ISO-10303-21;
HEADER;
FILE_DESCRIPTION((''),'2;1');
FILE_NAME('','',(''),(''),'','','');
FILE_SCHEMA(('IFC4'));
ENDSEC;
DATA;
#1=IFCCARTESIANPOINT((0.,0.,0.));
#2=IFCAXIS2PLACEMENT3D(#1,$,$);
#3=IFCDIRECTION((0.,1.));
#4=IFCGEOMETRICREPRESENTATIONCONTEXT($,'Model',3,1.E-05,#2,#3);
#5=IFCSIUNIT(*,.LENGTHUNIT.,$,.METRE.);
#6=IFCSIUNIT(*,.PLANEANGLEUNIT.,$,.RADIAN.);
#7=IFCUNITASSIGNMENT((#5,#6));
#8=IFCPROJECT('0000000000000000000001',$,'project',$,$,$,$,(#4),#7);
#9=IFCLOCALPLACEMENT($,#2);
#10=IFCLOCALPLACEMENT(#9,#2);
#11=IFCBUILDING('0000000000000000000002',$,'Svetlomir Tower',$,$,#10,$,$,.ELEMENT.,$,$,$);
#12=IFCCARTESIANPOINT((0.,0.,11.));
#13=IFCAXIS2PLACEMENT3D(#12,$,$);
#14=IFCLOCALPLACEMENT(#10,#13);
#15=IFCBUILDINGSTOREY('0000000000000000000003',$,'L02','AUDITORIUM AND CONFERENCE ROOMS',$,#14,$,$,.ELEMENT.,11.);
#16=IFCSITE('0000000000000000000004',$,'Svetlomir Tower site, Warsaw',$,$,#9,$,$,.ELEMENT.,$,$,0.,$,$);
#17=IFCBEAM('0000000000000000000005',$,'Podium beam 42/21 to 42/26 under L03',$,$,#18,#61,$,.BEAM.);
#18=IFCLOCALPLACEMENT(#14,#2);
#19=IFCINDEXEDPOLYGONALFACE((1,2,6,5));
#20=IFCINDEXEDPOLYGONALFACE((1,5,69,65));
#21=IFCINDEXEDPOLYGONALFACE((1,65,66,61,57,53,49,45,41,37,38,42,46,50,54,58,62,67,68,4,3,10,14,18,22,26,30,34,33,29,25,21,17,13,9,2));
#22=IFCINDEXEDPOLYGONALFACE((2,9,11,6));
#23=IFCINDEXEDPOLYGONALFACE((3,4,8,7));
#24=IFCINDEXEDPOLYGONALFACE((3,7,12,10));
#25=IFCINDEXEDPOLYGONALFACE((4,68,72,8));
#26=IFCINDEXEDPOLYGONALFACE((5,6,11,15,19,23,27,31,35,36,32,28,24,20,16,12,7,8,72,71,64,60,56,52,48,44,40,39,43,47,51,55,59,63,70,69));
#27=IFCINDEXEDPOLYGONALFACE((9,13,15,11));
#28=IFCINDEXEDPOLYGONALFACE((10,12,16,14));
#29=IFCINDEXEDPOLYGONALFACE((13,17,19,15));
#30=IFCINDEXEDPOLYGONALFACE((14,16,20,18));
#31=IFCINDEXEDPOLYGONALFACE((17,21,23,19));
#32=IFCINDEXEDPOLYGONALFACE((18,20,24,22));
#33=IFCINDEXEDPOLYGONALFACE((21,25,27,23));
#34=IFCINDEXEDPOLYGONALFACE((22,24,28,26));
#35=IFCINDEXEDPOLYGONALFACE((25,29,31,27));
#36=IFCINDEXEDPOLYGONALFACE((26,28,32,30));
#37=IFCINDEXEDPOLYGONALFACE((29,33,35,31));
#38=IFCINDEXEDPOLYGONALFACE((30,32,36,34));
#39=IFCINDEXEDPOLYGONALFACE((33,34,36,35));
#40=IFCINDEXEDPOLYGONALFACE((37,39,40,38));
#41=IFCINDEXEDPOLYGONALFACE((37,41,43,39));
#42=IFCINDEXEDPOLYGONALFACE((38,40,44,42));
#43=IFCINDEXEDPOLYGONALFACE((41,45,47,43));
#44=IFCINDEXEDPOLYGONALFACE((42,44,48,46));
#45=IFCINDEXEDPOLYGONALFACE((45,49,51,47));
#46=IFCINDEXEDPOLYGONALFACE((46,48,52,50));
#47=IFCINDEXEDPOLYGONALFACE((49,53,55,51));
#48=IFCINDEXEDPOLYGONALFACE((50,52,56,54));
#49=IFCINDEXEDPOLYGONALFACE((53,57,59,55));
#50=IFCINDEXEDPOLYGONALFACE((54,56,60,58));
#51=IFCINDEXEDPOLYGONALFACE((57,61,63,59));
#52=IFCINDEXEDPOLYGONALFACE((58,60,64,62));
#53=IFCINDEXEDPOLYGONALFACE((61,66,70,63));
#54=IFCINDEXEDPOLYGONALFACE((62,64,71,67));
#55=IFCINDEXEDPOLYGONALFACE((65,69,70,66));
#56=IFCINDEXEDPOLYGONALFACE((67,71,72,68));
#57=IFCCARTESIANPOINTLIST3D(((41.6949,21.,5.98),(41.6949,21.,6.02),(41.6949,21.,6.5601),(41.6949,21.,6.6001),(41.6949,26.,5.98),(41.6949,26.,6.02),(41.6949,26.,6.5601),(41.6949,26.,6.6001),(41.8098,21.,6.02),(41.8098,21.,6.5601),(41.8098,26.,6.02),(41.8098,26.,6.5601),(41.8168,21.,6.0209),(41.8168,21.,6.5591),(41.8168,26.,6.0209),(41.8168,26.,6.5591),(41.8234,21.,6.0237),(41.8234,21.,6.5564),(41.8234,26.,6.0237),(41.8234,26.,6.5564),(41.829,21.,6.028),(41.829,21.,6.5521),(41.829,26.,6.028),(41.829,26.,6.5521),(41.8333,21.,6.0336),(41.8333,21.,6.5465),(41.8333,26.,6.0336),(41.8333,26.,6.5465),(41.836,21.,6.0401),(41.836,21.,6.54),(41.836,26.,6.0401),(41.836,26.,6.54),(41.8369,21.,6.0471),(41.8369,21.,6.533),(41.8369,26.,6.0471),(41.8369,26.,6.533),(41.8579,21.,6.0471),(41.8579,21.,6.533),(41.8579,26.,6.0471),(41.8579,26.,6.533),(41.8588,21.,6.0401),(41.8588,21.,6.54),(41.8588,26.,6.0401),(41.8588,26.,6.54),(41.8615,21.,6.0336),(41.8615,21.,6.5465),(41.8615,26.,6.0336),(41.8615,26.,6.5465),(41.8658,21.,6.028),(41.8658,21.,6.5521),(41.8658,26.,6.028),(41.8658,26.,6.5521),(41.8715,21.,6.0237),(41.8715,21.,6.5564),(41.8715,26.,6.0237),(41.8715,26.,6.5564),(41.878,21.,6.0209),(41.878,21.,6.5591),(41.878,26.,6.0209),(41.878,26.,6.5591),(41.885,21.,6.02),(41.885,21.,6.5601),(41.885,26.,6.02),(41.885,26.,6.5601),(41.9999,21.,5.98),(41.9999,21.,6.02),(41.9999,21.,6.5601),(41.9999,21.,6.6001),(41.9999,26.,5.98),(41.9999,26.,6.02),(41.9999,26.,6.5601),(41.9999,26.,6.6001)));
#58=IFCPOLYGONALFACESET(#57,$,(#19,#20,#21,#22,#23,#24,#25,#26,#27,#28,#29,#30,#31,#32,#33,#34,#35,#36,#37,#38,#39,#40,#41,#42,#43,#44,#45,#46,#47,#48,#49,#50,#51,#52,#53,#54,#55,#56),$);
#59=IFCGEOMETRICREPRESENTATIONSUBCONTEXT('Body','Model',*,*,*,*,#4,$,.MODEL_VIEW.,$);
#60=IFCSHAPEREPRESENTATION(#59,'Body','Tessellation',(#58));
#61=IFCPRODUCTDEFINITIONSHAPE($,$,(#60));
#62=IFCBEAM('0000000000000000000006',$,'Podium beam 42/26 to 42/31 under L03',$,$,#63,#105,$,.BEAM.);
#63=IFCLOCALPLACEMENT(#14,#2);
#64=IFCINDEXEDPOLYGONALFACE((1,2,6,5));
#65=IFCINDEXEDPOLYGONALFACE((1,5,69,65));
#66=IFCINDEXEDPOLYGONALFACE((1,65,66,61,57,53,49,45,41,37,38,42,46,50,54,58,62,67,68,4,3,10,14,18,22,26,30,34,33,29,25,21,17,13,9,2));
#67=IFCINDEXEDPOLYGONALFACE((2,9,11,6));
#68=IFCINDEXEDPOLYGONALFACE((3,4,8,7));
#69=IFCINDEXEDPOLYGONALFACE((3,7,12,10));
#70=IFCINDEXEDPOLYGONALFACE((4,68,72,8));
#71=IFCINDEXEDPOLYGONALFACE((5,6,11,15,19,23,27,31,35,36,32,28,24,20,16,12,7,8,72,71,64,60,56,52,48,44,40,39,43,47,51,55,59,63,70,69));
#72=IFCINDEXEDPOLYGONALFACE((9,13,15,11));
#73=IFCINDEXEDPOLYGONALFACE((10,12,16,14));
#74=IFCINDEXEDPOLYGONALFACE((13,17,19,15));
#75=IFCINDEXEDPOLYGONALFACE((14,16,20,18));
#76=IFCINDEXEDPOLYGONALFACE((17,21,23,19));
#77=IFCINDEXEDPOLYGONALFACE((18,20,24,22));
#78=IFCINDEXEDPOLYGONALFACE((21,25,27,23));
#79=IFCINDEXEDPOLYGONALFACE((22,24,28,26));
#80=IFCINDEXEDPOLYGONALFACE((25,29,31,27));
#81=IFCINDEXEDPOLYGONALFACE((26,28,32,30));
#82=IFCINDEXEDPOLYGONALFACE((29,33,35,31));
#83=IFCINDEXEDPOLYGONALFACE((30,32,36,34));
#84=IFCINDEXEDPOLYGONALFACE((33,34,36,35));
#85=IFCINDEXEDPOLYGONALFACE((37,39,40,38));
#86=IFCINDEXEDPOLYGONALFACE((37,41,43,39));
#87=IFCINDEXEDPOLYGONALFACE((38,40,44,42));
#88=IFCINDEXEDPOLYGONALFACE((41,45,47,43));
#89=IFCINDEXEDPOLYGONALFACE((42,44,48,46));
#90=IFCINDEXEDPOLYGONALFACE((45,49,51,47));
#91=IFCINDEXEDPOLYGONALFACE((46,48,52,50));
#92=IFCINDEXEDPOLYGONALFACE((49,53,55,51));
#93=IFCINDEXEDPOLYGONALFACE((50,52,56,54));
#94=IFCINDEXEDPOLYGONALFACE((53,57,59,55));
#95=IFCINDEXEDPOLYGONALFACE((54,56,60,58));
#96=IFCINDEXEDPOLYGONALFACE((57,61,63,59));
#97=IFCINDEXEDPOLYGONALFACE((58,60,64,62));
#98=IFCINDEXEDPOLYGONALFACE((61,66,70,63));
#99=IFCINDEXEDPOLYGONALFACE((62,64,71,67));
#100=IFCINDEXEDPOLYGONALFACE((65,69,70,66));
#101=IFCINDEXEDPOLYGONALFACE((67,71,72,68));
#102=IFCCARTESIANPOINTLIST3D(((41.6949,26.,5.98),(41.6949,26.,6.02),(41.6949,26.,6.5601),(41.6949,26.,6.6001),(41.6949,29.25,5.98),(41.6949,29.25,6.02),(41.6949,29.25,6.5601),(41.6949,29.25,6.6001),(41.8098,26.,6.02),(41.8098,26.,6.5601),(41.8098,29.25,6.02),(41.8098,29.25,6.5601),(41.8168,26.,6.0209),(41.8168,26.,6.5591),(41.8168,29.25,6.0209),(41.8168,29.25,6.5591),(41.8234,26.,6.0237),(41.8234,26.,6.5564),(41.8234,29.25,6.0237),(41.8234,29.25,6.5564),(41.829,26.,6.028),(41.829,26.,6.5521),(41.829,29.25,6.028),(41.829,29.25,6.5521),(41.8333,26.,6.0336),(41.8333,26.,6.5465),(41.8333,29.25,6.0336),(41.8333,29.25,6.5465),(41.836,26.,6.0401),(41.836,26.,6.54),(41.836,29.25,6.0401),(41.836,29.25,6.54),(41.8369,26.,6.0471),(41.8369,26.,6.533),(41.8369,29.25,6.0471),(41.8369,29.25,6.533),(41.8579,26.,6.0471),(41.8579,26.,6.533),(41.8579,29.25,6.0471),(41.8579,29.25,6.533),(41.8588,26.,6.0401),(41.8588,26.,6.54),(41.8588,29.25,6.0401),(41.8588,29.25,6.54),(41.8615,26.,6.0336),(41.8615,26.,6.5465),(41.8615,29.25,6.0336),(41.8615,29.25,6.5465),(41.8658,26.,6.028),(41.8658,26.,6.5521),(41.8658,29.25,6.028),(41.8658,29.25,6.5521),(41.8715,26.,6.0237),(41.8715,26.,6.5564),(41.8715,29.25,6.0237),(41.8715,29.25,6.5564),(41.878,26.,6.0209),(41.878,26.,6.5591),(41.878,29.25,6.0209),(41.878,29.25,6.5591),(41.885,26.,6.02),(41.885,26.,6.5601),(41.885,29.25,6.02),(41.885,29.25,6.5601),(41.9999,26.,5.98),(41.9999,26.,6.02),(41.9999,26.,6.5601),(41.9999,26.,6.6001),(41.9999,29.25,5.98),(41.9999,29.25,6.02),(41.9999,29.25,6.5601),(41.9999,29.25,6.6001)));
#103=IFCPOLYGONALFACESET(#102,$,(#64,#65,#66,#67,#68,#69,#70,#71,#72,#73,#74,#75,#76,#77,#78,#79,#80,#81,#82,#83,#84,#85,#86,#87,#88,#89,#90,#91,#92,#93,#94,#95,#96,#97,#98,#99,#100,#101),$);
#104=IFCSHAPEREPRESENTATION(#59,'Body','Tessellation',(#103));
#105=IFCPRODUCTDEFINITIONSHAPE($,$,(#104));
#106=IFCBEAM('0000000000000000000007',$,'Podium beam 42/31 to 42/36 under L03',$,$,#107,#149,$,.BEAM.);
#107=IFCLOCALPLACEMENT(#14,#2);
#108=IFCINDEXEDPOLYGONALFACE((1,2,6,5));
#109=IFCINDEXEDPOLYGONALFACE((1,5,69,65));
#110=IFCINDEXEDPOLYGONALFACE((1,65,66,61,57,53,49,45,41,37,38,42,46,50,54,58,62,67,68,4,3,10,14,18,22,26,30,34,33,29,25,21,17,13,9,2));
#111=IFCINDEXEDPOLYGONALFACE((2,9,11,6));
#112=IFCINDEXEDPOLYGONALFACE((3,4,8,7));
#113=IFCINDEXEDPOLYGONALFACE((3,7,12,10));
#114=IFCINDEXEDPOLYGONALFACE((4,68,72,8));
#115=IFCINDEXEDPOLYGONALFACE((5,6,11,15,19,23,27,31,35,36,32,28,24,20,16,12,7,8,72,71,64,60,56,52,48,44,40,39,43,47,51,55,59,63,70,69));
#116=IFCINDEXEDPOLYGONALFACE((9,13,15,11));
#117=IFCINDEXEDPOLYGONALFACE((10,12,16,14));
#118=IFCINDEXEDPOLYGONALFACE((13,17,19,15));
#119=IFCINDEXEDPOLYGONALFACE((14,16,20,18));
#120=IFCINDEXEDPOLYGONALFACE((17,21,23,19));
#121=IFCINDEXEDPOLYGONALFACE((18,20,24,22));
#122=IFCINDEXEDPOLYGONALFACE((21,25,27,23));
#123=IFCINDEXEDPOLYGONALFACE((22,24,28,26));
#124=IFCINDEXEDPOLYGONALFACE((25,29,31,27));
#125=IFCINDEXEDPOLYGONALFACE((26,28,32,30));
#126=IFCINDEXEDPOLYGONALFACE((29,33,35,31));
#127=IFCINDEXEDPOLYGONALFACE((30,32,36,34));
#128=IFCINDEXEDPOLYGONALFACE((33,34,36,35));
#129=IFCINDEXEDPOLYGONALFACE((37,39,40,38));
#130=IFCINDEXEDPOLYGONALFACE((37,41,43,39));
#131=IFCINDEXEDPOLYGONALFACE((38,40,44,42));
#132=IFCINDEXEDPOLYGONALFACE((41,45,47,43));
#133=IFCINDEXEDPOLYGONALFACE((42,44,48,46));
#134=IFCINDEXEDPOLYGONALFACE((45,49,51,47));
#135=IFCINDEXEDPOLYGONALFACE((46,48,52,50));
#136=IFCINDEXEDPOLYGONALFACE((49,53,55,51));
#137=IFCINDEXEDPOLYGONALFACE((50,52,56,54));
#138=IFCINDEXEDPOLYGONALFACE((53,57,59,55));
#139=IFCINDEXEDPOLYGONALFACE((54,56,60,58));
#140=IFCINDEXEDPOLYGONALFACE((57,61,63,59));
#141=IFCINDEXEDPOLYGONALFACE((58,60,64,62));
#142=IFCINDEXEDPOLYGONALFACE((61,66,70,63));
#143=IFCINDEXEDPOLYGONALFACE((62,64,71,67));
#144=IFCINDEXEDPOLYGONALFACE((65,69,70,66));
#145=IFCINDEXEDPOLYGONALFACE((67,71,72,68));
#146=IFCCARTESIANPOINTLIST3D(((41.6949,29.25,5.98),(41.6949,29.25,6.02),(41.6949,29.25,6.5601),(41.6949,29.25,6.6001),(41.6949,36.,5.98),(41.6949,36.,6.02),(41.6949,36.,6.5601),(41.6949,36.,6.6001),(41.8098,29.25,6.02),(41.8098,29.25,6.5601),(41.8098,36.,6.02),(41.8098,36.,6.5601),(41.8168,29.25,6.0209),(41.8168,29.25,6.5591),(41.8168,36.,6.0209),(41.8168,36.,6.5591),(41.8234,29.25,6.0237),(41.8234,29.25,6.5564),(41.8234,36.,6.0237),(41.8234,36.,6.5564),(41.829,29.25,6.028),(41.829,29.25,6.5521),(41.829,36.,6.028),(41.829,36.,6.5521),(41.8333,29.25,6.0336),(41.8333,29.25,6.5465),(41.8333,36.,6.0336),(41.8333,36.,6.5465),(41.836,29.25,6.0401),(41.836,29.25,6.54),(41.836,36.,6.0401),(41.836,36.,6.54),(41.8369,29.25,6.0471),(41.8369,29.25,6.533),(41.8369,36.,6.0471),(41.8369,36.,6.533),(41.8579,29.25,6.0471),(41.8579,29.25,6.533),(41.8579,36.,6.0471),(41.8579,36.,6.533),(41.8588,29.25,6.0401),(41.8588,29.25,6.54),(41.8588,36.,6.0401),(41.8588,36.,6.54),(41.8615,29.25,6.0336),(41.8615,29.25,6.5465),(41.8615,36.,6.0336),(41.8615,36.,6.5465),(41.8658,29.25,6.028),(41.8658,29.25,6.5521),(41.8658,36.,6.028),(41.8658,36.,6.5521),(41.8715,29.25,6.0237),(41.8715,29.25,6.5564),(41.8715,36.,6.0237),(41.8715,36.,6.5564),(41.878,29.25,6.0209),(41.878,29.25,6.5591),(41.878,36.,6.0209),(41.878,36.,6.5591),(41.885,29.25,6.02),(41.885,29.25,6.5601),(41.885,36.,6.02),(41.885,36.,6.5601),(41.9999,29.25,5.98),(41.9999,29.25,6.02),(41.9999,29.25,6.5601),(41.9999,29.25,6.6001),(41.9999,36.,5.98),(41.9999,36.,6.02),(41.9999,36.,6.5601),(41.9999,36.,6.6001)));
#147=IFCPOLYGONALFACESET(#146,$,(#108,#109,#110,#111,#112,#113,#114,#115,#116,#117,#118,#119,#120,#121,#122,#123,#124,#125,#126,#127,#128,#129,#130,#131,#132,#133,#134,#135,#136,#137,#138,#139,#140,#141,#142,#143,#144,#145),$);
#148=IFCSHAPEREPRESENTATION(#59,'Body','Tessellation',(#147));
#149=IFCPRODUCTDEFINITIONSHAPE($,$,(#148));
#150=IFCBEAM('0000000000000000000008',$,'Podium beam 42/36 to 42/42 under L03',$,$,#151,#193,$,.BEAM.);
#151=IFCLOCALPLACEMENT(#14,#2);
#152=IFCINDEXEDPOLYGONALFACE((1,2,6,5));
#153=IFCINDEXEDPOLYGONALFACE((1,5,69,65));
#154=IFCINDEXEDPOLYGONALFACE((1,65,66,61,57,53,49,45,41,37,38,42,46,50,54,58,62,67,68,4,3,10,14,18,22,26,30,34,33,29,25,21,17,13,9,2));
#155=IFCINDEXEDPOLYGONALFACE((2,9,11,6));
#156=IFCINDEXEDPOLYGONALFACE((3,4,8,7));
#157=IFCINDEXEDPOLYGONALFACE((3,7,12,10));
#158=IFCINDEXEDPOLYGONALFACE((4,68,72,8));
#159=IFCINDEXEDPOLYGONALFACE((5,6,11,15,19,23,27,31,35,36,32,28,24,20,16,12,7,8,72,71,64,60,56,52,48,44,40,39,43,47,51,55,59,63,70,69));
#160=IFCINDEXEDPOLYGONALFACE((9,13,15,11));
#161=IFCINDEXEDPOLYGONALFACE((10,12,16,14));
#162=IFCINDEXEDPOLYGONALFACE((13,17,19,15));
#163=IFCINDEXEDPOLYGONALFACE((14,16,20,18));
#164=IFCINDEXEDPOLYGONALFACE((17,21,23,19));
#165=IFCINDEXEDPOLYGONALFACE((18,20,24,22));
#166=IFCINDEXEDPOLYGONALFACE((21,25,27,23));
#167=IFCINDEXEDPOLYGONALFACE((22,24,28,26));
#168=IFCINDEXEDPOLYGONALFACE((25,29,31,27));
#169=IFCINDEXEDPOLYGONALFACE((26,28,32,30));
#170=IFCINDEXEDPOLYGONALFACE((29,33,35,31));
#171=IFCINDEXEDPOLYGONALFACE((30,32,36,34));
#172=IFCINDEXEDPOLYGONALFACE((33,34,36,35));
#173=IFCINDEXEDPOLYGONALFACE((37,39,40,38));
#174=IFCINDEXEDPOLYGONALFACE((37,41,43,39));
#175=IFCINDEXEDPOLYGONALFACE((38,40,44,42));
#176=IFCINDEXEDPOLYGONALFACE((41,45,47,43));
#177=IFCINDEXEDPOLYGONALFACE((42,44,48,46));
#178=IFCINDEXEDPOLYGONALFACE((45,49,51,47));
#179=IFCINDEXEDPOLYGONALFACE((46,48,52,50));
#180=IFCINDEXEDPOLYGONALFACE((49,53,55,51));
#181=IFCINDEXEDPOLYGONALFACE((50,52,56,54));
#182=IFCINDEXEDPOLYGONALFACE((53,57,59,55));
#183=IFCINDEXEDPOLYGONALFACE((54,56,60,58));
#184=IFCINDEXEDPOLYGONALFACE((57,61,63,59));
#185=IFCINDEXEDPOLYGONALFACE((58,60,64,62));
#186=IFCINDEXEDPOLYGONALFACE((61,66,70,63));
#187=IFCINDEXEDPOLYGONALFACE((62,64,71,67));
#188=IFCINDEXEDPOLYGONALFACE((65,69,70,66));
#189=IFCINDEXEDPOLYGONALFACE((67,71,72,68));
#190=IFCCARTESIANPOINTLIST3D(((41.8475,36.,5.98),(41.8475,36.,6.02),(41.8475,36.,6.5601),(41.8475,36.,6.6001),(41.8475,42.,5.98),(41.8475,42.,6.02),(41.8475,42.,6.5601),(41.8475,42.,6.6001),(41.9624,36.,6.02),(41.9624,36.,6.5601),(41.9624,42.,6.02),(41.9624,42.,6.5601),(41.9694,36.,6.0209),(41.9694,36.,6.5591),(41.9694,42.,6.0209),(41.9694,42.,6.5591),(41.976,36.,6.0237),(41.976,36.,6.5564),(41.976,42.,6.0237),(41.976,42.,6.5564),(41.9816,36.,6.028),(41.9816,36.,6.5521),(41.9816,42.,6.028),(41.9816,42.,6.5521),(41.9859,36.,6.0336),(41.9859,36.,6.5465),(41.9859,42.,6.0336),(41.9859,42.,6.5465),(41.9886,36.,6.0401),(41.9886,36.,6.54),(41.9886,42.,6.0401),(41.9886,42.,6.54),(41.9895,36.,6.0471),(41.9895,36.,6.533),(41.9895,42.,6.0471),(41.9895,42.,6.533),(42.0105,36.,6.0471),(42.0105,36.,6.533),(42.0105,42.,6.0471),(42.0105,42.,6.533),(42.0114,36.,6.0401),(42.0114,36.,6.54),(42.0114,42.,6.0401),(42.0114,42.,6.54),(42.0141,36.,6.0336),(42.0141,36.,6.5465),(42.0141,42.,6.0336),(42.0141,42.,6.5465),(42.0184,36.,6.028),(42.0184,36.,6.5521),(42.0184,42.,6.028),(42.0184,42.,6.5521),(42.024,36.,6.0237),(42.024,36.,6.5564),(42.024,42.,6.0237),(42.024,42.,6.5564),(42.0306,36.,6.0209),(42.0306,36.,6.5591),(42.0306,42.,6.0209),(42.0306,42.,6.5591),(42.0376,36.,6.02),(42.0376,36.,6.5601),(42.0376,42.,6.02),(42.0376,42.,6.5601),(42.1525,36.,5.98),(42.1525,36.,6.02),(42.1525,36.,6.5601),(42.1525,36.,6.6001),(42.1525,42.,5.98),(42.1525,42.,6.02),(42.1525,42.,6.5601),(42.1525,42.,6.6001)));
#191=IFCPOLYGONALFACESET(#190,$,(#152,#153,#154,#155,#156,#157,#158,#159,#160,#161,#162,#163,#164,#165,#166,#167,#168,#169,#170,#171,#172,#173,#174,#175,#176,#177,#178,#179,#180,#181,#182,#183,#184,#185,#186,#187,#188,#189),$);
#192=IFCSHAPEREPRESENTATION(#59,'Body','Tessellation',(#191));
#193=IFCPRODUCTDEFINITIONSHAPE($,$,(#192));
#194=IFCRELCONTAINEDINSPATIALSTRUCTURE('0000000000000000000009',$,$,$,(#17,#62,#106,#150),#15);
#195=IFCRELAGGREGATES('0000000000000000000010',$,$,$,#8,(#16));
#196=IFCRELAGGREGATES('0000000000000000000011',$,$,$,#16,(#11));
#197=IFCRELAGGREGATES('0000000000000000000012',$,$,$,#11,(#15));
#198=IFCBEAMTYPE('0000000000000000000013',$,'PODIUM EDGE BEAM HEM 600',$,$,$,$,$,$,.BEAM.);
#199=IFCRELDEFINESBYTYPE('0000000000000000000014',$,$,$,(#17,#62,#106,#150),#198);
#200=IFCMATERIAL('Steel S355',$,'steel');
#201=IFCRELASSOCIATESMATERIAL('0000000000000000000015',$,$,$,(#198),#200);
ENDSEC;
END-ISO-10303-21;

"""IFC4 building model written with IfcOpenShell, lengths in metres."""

from ifc_helpers import new_model, si_unit, direction, frame, origin, origin_2d, place, context, subcontext, project, spatial, i_section, extrude, material, material_profile, profile_set, type_object, element, save


model = new_model("IFC4")

# Units and contexts
model_context = context("Model", 3, precision=1e-05, world=origin(), true_north=direction((0.0, 1.0)))
body_context = subcontext(model_context, "Body", "Model", "MODEL_VIEW")
ifc_project = project(units=[si_unit("LENGTHUNIT", "METRE"), si_unit("PLANEANGLEUNIT", "RADIAN")], contexts=[model_context])

# Site, building, storey
site_placement = place(None, origin())
site = spatial("IfcSite", under=ifc_project, at=site_placement, Name="Svetlomir Tower site, Warsaw", CompositionType="ELEMENT", RefElevation=0.0)
building_placement = place(site_placement, origin())
building = spatial("IfcBuilding", under=site, at=building_placement, Name="Svetlomir Tower", CompositionType="ELEMENT")
storey_placement = place(building_placement, frame((0.0, 0.0, 11.0)))
storey = spatial("IfcBuildingStorey", under=building, at=storey_placement, Name="L02", Description="AUDITORIUM AND CONFERENCE ROOMS", CompositionType="ELEMENT", Elevation=11.0)

# Beams
ifc_material_1 = material(Name="Steel S355", Category="steel")
ifc_material_profile_1 = material_profile(ifc_material_1, i_section(OverallWidth=0.3049, OverallDepth=0.6201, WebThickness=0.021, FlangeThickness=0.04, FilletRadius=0.0271, at=origin_2d()), Name="HEM 600")
ifc_profile_set_1 = profile_set([ifc_material_profile_1], Name="Steel S355")
beam_type_1 = type_object("IfcBeamType", Name="PODIUM EDGE BEAM HEM 600", PredefinedType="BEAM", material=ifc_profile_set_1)
beam_1_placement = place(storey_placement, frame((41.8474, 21.0, 6.29), z_axis=(0.0, 1.0, 0.0), x_axis=(-1.0, 0.0, 0.0)))
element("IfcBeam", 1, at=beam_1_placement, inside=storey, type_object=beam_type_1, Name="Podium beam 42/21 to 42/26 under L03", PredefinedType="BEAM", context=body_context, shape_type="SweptSolid", body=[
    extrude(i_section(OverallWidth=0.3049, OverallDepth=0.6201, WebThickness=0.021, FlangeThickness=0.04, FilletRadius=0.0271, at=origin_2d()), origin(), (0.0, 0.0, 1.0), 5.0),
])
beam_2_placement = place(storey_placement, frame((41.8474, 26.0, 6.29), z_axis=(0.0, 1.0, 0.0), x_axis=(-1.0, 0.0, 0.0)))
element("IfcBeam", 2, at=beam_2_placement, inside=storey, type_object=beam_type_1, Name="Podium beam 42/26 to 42/31 under L03", PredefinedType="BEAM", context=body_context, shape_type="SweptSolid", body=[
    extrude(i_section(OverallWidth=0.3049, OverallDepth=0.6201, WebThickness=0.021, FlangeThickness=0.04, FilletRadius=0.0271, at=origin_2d()), origin(), (0.0, 0.0, 1.0), 3.25),
])
beam_3_placement = place(storey_placement, frame((41.8474, 29.25, 6.29), z_axis=(0.0, 1.0, 0.0), x_axis=(-1.0, 0.0, 0.0)))
element("IfcBeam", 3, at=beam_3_placement, inside=storey, type_object=beam_type_1, Name="Podium beam 42/31 to 42/36 under L03", PredefinedType="BEAM", context=body_context, shape_type="SweptSolid", body=[
    extrude(i_section(OverallWidth=0.3049, OverallDepth=0.6201, WebThickness=0.021, FlangeThickness=0.04, FilletRadius=0.0271, at=origin_2d()), origin(), (0.0, 0.0, 1.0), 6.75),
])
beam_4_placement = place(storey_placement, frame((42.0, 36.0, 6.29), z_axis=(0.0, 1.0, 0.0), x_axis=(-1.0, 0.0, 0.0)))
element("IfcBeam", 4, at=beam_4_placement, inside=storey, type_object=beam_type_1, Name="Podium beam 42/36 to 42/42 under L03", PredefinedType="BEAM", context=body_context, shape_type="SweptSolid", body=[
    extrude(i_section(OverallWidth=0.3049, OverallDepth=0.6201, WebThickness=0.021, FlangeThickness=0.04, FilletRadius=0.0271, at=origin_2d()), origin(), (0.0, 0.0, 1.0), 6.0),
])

save(model, "model.ifc")
